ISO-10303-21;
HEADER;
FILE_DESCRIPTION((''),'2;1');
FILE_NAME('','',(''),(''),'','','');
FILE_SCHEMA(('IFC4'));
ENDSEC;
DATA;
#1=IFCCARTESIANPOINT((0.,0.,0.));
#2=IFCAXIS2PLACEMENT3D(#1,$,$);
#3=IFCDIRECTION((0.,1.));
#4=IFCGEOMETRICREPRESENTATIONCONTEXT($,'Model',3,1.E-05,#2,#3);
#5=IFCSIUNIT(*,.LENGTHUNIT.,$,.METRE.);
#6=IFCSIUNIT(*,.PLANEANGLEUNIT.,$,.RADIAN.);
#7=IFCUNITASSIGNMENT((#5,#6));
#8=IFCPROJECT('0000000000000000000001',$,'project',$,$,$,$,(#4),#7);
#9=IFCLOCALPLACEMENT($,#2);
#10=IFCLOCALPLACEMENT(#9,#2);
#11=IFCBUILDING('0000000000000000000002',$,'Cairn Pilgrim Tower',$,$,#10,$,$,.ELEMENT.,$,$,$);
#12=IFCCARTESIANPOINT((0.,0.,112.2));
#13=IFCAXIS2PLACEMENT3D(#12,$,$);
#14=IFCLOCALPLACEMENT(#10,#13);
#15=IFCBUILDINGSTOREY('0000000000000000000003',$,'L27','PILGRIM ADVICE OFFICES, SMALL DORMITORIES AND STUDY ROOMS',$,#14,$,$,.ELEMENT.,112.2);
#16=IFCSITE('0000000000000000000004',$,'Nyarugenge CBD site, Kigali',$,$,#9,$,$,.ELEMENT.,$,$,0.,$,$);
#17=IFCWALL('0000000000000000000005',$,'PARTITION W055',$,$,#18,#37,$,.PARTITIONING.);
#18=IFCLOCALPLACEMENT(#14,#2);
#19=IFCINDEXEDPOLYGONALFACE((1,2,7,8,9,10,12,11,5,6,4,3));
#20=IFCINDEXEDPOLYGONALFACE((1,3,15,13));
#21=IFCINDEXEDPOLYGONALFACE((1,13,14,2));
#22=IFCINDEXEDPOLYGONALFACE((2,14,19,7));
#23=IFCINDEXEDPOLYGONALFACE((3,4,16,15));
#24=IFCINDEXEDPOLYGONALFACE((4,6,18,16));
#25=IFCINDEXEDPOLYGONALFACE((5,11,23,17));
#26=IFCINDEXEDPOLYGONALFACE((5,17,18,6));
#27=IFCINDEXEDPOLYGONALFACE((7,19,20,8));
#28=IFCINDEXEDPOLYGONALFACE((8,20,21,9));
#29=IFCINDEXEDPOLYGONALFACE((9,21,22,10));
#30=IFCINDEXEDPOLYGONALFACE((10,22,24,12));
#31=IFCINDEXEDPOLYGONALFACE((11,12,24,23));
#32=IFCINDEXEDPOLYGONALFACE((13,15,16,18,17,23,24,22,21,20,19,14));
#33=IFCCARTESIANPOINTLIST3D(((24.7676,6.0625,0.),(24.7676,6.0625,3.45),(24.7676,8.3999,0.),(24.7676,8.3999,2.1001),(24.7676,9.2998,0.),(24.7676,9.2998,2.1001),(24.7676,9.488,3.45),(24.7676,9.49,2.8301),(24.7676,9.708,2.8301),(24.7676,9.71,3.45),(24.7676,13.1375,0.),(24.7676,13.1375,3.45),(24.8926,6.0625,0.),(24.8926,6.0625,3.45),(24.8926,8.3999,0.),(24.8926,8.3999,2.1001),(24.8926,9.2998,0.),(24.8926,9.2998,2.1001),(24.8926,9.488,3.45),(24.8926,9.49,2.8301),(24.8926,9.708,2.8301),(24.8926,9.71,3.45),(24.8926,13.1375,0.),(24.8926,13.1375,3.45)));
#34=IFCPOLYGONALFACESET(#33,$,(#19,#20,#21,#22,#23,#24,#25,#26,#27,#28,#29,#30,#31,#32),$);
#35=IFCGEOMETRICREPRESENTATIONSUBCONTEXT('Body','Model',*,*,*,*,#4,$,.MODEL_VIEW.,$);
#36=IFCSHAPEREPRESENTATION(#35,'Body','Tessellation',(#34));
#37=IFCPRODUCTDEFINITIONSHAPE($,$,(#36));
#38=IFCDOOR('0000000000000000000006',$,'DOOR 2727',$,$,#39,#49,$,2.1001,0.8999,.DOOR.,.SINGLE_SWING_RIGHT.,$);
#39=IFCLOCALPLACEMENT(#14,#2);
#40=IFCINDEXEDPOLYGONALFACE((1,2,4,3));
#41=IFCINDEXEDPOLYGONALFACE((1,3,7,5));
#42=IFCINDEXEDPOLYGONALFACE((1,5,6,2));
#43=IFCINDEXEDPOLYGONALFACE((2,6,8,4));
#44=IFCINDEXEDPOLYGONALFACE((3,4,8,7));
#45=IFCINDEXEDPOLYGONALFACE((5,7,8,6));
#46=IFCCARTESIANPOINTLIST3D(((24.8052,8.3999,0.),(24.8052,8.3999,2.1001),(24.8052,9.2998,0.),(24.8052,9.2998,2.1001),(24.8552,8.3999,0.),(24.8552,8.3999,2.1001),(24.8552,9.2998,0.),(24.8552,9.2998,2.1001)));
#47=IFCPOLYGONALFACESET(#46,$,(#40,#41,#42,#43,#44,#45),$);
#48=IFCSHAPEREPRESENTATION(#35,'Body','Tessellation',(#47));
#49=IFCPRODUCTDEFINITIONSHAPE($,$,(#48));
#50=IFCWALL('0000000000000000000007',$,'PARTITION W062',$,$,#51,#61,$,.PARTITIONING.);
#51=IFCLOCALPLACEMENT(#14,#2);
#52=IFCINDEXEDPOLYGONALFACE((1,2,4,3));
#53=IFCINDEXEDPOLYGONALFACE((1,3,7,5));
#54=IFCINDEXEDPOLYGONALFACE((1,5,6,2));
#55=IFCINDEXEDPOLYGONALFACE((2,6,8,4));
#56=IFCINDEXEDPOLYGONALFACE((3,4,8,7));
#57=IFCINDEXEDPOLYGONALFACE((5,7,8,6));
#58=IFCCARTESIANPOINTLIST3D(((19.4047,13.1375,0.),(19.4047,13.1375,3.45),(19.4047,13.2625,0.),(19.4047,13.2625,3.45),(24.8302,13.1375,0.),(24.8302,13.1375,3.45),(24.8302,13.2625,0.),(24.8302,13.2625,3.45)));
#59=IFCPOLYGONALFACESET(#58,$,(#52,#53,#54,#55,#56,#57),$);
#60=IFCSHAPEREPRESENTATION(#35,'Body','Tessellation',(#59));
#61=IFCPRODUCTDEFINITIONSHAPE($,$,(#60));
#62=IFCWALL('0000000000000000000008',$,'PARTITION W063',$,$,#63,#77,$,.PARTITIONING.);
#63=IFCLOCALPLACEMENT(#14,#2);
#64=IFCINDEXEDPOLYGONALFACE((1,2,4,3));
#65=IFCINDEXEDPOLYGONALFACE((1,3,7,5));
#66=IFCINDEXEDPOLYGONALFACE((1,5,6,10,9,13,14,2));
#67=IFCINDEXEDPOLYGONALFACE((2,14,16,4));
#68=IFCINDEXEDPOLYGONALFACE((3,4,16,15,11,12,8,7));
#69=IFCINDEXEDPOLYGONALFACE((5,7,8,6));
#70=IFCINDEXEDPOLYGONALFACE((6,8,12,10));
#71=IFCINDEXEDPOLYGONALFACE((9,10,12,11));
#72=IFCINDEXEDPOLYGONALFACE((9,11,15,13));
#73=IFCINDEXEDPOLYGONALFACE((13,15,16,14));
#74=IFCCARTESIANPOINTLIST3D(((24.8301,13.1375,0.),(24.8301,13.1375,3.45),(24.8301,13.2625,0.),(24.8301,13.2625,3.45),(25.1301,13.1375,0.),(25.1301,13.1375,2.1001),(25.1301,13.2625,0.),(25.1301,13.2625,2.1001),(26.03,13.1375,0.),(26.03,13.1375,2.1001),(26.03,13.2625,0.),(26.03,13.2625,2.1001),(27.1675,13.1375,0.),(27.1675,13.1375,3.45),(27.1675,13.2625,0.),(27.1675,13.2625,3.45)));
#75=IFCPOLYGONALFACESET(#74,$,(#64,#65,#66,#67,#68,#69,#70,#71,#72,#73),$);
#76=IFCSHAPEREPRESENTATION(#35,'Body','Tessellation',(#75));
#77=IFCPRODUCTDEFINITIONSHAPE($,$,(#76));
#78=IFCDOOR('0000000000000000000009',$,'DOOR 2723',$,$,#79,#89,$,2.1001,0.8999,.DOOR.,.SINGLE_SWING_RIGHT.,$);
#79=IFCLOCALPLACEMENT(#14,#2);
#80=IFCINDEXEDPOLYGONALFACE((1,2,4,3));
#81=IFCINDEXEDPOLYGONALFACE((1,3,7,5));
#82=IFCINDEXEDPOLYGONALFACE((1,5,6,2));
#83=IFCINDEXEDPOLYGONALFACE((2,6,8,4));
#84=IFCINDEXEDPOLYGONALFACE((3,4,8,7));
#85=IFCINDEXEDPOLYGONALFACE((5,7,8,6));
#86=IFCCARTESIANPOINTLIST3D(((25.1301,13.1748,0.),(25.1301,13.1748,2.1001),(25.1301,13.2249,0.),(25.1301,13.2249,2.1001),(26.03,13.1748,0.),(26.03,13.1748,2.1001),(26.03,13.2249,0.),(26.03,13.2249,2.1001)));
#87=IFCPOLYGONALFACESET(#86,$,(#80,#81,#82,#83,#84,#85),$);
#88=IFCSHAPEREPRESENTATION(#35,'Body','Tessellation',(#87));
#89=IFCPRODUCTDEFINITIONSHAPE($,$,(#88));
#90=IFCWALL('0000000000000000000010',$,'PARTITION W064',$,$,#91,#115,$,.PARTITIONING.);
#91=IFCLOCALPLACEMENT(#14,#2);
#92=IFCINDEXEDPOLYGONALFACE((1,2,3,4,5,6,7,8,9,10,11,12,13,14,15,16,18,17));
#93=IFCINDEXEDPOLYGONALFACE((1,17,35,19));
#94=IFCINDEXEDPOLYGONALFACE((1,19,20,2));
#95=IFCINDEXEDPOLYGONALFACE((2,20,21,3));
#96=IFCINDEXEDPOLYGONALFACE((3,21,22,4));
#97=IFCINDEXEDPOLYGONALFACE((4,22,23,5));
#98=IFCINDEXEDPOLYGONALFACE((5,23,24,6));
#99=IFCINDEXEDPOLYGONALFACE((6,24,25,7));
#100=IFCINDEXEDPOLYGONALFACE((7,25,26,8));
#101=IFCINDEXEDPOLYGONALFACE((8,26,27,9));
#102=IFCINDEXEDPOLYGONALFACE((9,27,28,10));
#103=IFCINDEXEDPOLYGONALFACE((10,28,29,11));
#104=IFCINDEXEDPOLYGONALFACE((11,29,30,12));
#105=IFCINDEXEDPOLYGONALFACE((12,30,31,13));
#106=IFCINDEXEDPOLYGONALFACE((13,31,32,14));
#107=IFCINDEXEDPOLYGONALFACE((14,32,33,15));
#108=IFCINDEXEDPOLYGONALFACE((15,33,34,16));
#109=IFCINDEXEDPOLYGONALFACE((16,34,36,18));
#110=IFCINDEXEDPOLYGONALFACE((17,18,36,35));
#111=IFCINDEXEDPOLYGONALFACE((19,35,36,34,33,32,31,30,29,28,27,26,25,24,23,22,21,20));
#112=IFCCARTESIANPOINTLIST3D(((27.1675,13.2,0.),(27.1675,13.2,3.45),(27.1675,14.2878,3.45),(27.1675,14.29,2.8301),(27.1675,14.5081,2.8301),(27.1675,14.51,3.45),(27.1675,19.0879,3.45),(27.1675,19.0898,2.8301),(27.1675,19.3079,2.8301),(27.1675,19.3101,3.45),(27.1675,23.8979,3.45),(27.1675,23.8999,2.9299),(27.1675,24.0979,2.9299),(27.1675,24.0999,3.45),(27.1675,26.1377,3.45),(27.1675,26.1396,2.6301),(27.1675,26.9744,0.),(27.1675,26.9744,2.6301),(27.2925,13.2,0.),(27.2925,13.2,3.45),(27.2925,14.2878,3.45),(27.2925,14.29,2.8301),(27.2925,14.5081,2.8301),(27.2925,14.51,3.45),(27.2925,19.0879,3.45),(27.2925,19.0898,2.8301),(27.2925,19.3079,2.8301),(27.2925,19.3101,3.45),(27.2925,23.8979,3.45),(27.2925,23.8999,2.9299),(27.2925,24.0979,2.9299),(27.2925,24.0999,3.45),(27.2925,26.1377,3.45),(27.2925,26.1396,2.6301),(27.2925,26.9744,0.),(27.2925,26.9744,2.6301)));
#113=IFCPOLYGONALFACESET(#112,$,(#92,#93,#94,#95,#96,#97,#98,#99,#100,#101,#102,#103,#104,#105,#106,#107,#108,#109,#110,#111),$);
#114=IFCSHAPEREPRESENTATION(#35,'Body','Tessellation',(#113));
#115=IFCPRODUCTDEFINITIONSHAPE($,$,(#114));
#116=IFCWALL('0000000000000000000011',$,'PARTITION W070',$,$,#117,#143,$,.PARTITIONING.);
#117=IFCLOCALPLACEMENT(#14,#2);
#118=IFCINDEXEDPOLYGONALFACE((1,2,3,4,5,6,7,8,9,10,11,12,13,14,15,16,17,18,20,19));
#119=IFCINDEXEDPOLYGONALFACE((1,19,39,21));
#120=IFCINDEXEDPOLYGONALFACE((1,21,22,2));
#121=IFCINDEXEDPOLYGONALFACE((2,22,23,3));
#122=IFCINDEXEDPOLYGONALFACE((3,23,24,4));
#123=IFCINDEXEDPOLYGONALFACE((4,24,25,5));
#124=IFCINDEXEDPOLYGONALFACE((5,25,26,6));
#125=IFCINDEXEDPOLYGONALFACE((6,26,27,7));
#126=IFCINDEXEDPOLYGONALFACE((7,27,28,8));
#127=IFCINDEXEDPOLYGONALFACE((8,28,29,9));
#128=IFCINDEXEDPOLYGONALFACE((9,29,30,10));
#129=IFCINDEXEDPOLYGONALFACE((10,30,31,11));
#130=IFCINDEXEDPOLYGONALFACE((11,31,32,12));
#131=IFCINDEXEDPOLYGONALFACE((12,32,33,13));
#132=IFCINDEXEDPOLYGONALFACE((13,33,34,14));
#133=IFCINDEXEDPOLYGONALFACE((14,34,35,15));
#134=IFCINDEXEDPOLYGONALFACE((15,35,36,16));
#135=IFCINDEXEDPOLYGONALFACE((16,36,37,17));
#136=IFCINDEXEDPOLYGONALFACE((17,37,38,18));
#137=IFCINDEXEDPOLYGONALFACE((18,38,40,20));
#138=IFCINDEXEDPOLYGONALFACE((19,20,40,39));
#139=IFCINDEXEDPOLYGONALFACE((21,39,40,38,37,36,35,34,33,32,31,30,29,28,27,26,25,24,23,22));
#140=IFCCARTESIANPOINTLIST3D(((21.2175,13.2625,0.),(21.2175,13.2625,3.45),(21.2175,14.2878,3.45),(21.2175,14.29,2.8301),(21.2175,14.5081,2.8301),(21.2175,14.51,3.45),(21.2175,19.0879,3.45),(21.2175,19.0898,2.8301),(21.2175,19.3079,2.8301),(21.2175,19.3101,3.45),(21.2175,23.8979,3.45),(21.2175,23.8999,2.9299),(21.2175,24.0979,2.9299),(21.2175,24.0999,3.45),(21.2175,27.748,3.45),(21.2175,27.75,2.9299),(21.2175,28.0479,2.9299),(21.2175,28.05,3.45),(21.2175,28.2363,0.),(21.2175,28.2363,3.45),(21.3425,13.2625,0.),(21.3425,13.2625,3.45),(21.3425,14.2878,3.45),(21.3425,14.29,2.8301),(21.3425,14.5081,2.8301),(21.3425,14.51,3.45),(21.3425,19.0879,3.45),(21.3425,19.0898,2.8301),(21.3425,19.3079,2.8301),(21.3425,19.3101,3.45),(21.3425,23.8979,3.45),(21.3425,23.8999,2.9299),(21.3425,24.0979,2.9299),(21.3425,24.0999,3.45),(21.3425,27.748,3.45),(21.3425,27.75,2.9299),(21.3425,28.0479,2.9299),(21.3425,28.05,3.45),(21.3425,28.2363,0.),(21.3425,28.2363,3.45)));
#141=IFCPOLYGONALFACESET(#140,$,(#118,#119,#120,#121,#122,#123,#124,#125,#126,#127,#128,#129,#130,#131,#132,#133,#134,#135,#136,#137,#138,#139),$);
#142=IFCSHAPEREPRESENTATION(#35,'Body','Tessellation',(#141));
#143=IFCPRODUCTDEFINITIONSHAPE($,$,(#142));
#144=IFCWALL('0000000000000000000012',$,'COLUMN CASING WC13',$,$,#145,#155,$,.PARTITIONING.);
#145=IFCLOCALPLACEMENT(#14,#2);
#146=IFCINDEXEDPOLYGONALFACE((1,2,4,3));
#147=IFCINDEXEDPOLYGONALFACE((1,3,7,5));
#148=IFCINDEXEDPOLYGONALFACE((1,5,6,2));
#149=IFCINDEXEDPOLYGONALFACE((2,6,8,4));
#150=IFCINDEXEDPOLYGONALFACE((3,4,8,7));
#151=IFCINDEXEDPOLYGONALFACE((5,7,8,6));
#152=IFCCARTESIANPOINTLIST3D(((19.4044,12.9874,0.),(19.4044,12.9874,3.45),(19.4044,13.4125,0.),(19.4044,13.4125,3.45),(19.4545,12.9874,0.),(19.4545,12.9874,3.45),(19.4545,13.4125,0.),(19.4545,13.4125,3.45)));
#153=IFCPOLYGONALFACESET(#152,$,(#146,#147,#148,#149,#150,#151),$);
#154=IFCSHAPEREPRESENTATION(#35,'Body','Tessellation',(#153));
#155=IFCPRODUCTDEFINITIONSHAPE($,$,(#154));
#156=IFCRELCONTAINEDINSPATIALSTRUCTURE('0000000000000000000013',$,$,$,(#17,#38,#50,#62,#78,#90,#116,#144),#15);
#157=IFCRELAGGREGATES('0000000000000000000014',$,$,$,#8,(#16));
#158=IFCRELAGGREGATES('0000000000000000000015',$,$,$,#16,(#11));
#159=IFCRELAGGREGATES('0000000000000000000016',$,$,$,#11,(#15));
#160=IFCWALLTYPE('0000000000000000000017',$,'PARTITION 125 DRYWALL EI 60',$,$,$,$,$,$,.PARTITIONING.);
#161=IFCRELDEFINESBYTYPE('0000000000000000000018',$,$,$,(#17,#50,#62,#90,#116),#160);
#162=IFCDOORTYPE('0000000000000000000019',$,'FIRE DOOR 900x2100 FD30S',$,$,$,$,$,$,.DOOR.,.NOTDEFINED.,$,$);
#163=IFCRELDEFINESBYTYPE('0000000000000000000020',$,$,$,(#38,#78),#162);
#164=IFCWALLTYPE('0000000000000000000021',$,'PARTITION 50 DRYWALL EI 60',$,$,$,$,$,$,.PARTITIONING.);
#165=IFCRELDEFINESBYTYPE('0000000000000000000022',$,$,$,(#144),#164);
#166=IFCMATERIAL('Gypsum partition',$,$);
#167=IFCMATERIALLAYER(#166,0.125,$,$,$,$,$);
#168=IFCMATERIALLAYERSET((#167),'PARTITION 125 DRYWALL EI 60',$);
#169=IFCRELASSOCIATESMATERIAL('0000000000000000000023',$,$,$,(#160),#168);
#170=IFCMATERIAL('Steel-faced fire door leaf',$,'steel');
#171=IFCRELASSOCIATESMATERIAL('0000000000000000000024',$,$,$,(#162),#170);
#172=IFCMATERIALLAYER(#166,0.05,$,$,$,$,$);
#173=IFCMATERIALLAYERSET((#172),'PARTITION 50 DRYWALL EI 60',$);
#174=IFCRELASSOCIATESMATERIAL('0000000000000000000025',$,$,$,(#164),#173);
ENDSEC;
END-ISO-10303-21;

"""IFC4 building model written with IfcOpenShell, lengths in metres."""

from ifc_helpers import new_model, si_unit, direction, frame, frame_2d, origin, place, context, subcontext, project, spatial, polyline, rectangle, outline, extrude, material, layer, layer_set, type_object, element, fill, save


model = new_model("IFC4")

# Units and contexts
model_context = context("Model", 3, precision=1e-05, world=origin(), true_north=direction((0.0, 1.0)))
body_context = subcontext(model_context, "Body", "Model", "MODEL_VIEW")
ifc_project = project(units=[si_unit("LENGTHUNIT", "METRE"), si_unit("PLANEANGLEUNIT", "RADIAN")], contexts=[model_context])

# Site, building, storey
site_placement = place(None, origin())
site = spatial("IfcSite", under=ifc_project, at=site_placement, Name="Nyarugenge CBD site, Kigali", CompositionType="ELEMENT", RefElevation=0.0)
building_placement = place(site_placement, origin())
building = spatial("IfcBuilding", under=site, at=building_placement, Name="Cairn Pilgrim Tower", CompositionType="ELEMENT")
storey_placement = place(building_placement, frame((0.0, 0.0, 112.2)))
storey = spatial("IfcBuildingStorey", under=building, at=storey_placement, Name="L27", Description="PILGRIM ADVICE OFFICES, SMALL DORMITORIES AND STUDY ROOMS", CompositionType="ELEMENT", Elevation=112.2)

# Shared definitions
ifc_material_1 = material(Name="Gypsum partition")
ifc_layer_1 = layer(ifc_material_1, 0.125)
ifc_layer_set_1 = layer_set([ifc_layer_1], Name="PARTITION 125 DRYWALL EI 60")
wall_type_1 = type_object("IfcWallType", Name="PARTITION 125 DRYWALL EI 60", PredefinedType="PARTITIONING", material=ifc_layer_set_1)

# Wall, opening, door
wall_1_placement = place(storey_placement, frame((24.8301, 6.0625, 0.0), z_axis=(0.0, 0.0, 1.0), x_axis=(0.0, 1.0, 0.0)))
wall_1 = element("IfcWall", 1, at=wall_1_placement, inside=storey, type_object=wall_type_1, Name="PARTITION W055", PredefinedType="PARTITIONING", context=body_context, shape_type="SweptSolid", body=[
    extrude(outline(polyline([(0.0, 0.0), (7.075, 0.0), (7.075, 3.45), (3.6475, 3.45), (3.6455, 2.8301), (3.4275, 2.8301), (3.4255, 3.45), (0.0, 3.45), (0.0, 0.0)])), frame((0.0, 0.0625, 0.0), z_axis=(0.0, -1.0, 0.0), x_axis=(1.0, 0.0, 0.0)), (0.0, 0.0, 1.0), 0.125),
])
opening_1_placement = place(wall_1_placement, frame((2.3374, 0.0, 0.0)))
opening_1 = element("IfcOpeningElement", 2, at=opening_1_placement, cuts=wall_1, PredefinedType="OPENING", context=body_context, shape_type="SweptSolid", body=[
    extrude(rectangle(XDim=0.8999, YDim=2.1001, at=frame_2d((0.45, 1.05))), frame((0.0, 0.0725, 0.0), z_axis=(0.0, -1.0, 0.0), x_axis=(1.0, 0.0, 0.0)), (0.0, 0.0, 1.0), 0.145),
])
ifc_material_2 = material(Name="Steel-faced fire door leaf", Category="steel")
door_type_1 = type_object("IfcDoorType", Name="FIRE DOOR 900x2100 FD30S", OperationType="NOTDEFINED", PredefinedType="DOOR", material=ifc_material_2)
door_1_placement = place(opening_1_placement, origin())
door_1 = element("IfcDoor", 3, at=door_1_placement, inside=storey, type_object=door_type_1, Name="DOOR 2727", OperationType="SINGLE_SWING_RIGHT", OverallHeight=2.1001, OverallWidth=0.8999, PredefinedType="DOOR", context=body_context, shape_type="SweptSolid", body=[
    extrude(rectangle(XDim=0.8999, YDim=2.1001, at=frame_2d((0.45, 1.05))), frame((0.0, 0.0249, 0.0), z_axis=(0.0, -1.0, 0.0), x_axis=(1.0, 0.0, 0.0)), (0.0, 0.0, 1.0), 0.05),
])
fill(opening_1, door_1)

# Wall
wall_2_placement = place(storey_placement, frame((19.4045, 13.2, 0.0), z_axis=(0.0, 0.0, 1.0), x_axis=(1.0, 0.0, 0.0)))
element("IfcWall", 4, at=wall_2_placement, inside=storey, type_object=wall_type_1, Name="PARTITION W062", PredefinedType="PARTITIONING", context=body_context, shape_type="SweptSolid", body=[
    extrude(rectangle(XDim=5.4255, YDim=0.125, at=frame_2d((2.7129, 0.0))), origin(), (0.0, 0.0, 1.0), 3.45),
])

# Wall, opening, door
wall_3_placement = place(storey_placement, frame((24.8301, 13.2, 0.0), z_axis=(0.0, 0.0, 1.0), x_axis=(1.0, 0.0, 0.0)))
wall_3 = element("IfcWall", 5, at=wall_3_placement, inside=storey, type_object=wall_type_1, Name="PARTITION W063", PredefinedType="PARTITIONING", context=body_context, shape_type="SweptSolid", body=[
    extrude(rectangle(XDim=2.3374, YDim=0.125, at=frame_2d((1.1687, 0.0))), origin(), (0.0, 0.0, 1.0), 3.45),
])
opening_2_placement = place(wall_3_placement, frame((0.3, 0.0, 0.0)))
opening_2 = element("IfcOpeningElement", 6, at=opening_2_placement, cuts=wall_3, PredefinedType="OPENING", context=body_context, shape_type="SweptSolid", body=[
    extrude(rectangle(XDim=0.8999, YDim=2.1001, at=frame_2d((0.45, 1.05))), frame((0.0, 0.0725, 0.0), z_axis=(0.0, -1.0, 0.0), x_axis=(1.0, 0.0, 0.0)), (0.0, 0.0, 1.0), 0.145),
])
door_2_placement = place(opening_2_placement, origin())
door_2 = element("IfcDoor", 7, at=door_2_placement, inside=storey, type_object=door_type_1, Name="DOOR 2723", OperationType="SINGLE_SWING_RIGHT", OverallHeight=2.1001, OverallWidth=0.8999, PredefinedType="DOOR", context=body_context, shape_type="SweptSolid", body=[
    extrude(rectangle(XDim=0.8999, YDim=2.1001, at=frame_2d((0.45, 1.05))), frame((0.0, 0.0249, 0.0), z_axis=(0.0, -1.0, 0.0), x_axis=(1.0, 0.0, 0.0)), (0.0, 0.0, 1.0), 0.05),
])
fill(opening_2, door_2)

# Walls
wall_4_placement = place(storey_placement, frame((27.23, 13.2, 0.0), z_axis=(0.0, 0.0, 1.0), x_axis=(0.0, 1.0, 0.0)))
element("IfcWall", 8, at=wall_4_placement, inside=storey, type_object=wall_type_1, Name="PARTITION W064", PredefinedType="PARTITIONING", context=body_context, shape_type="SweptSolid", body=[
    extrude(outline(polyline([(0.0, 0.0), (13.7744, 0.0), (13.7744, 2.6301), (12.9397, 2.6301), (12.9377, 3.45), (10.8999, 3.45), (10.8979, 2.9299), (10.7, 2.9299), (10.698, 3.45), (6.1101, 3.45), (6.1079, 2.8301), (5.8899, 2.8301), (5.8879, 3.45), (1.3101, 3.45), (1.3081, 2.8301), (1.0901, 2.8301), (1.0879, 3.45), (0.0, 3.45), (0.0, 0.0)])), frame((0.0, 0.0625, 0.0), z_axis=(0.0, -1.0, 0.0), x_axis=(1.0, 0.0, 0.0)), (0.0, 0.0, 1.0), 0.125),
])
wall_5_placement = place(storey_placement, frame((21.28, 13.2625, 0.0), z_axis=(0.0, 0.0, 1.0), x_axis=(0.0, 1.0, 0.0)))
element("IfcWall", 9, at=wall_5_placement, inside=storey, type_object=wall_type_1, Name="PARTITION W070", PredefinedType="PARTITIONING", context=body_context, shape_type="SweptSolid", body=[
    extrude(outline(polyline([(0.0, 0.0), (14.9739, 0.0), (14.9739, 3.45), (14.7876, 3.45), (14.7854, 2.9299), (14.4875, 2.9299), (14.4856, 3.45), (10.8374, 3.45), (10.8354, 2.9299), (10.6375, 2.9299), (10.6355, 3.45), (6.0476, 3.45), (6.0454, 2.8301), (5.8274, 2.8301), (5.8254, 3.45), (1.2476, 3.45), (1.2456, 2.8301), (1.0276, 2.8301), (1.0254, 3.45), (0.0, 3.45), (0.0, 0.0)])), frame((0.0, 0.0625, 0.0), z_axis=(0.0, -1.0, 0.0), x_axis=(1.0, 0.0, 0.0)), (0.0, 0.0, 1.0), 0.125),
])
ifc_layer_2 = layer(ifc_material_1, 0.05)
ifc_layer_set_2 = layer_set([ifc_layer_2], Name="PARTITION 50 DRYWALL EI 60")
wall_type_2 = type_object("IfcWallType", Name="PARTITION 50 DRYWALL EI 60", PredefinedType="PARTITIONING", material=ifc_layer_set_2)
wall_6_placement = place(storey_placement, frame((19.4294, 12.9875, 0.0), z_axis=(0.0, 0.0, 1.0), x_axis=(0.0, 1.0, 0.0)))
element("IfcWall", 10, at=wall_6_placement, inside=storey, type_object=wall_type_2, Name="COLUMN CASING WC13", PredefinedType="PARTITIONING", context=body_context, shape_type="SweptSolid", body=[
    extrude(rectangle(XDim=0.425, YDim=0.05, at=frame_2d((0.2124, 0.0))), origin(), (0.0, 0.0, 1.0), 3.45),
])

save(model, "model.ifc")
